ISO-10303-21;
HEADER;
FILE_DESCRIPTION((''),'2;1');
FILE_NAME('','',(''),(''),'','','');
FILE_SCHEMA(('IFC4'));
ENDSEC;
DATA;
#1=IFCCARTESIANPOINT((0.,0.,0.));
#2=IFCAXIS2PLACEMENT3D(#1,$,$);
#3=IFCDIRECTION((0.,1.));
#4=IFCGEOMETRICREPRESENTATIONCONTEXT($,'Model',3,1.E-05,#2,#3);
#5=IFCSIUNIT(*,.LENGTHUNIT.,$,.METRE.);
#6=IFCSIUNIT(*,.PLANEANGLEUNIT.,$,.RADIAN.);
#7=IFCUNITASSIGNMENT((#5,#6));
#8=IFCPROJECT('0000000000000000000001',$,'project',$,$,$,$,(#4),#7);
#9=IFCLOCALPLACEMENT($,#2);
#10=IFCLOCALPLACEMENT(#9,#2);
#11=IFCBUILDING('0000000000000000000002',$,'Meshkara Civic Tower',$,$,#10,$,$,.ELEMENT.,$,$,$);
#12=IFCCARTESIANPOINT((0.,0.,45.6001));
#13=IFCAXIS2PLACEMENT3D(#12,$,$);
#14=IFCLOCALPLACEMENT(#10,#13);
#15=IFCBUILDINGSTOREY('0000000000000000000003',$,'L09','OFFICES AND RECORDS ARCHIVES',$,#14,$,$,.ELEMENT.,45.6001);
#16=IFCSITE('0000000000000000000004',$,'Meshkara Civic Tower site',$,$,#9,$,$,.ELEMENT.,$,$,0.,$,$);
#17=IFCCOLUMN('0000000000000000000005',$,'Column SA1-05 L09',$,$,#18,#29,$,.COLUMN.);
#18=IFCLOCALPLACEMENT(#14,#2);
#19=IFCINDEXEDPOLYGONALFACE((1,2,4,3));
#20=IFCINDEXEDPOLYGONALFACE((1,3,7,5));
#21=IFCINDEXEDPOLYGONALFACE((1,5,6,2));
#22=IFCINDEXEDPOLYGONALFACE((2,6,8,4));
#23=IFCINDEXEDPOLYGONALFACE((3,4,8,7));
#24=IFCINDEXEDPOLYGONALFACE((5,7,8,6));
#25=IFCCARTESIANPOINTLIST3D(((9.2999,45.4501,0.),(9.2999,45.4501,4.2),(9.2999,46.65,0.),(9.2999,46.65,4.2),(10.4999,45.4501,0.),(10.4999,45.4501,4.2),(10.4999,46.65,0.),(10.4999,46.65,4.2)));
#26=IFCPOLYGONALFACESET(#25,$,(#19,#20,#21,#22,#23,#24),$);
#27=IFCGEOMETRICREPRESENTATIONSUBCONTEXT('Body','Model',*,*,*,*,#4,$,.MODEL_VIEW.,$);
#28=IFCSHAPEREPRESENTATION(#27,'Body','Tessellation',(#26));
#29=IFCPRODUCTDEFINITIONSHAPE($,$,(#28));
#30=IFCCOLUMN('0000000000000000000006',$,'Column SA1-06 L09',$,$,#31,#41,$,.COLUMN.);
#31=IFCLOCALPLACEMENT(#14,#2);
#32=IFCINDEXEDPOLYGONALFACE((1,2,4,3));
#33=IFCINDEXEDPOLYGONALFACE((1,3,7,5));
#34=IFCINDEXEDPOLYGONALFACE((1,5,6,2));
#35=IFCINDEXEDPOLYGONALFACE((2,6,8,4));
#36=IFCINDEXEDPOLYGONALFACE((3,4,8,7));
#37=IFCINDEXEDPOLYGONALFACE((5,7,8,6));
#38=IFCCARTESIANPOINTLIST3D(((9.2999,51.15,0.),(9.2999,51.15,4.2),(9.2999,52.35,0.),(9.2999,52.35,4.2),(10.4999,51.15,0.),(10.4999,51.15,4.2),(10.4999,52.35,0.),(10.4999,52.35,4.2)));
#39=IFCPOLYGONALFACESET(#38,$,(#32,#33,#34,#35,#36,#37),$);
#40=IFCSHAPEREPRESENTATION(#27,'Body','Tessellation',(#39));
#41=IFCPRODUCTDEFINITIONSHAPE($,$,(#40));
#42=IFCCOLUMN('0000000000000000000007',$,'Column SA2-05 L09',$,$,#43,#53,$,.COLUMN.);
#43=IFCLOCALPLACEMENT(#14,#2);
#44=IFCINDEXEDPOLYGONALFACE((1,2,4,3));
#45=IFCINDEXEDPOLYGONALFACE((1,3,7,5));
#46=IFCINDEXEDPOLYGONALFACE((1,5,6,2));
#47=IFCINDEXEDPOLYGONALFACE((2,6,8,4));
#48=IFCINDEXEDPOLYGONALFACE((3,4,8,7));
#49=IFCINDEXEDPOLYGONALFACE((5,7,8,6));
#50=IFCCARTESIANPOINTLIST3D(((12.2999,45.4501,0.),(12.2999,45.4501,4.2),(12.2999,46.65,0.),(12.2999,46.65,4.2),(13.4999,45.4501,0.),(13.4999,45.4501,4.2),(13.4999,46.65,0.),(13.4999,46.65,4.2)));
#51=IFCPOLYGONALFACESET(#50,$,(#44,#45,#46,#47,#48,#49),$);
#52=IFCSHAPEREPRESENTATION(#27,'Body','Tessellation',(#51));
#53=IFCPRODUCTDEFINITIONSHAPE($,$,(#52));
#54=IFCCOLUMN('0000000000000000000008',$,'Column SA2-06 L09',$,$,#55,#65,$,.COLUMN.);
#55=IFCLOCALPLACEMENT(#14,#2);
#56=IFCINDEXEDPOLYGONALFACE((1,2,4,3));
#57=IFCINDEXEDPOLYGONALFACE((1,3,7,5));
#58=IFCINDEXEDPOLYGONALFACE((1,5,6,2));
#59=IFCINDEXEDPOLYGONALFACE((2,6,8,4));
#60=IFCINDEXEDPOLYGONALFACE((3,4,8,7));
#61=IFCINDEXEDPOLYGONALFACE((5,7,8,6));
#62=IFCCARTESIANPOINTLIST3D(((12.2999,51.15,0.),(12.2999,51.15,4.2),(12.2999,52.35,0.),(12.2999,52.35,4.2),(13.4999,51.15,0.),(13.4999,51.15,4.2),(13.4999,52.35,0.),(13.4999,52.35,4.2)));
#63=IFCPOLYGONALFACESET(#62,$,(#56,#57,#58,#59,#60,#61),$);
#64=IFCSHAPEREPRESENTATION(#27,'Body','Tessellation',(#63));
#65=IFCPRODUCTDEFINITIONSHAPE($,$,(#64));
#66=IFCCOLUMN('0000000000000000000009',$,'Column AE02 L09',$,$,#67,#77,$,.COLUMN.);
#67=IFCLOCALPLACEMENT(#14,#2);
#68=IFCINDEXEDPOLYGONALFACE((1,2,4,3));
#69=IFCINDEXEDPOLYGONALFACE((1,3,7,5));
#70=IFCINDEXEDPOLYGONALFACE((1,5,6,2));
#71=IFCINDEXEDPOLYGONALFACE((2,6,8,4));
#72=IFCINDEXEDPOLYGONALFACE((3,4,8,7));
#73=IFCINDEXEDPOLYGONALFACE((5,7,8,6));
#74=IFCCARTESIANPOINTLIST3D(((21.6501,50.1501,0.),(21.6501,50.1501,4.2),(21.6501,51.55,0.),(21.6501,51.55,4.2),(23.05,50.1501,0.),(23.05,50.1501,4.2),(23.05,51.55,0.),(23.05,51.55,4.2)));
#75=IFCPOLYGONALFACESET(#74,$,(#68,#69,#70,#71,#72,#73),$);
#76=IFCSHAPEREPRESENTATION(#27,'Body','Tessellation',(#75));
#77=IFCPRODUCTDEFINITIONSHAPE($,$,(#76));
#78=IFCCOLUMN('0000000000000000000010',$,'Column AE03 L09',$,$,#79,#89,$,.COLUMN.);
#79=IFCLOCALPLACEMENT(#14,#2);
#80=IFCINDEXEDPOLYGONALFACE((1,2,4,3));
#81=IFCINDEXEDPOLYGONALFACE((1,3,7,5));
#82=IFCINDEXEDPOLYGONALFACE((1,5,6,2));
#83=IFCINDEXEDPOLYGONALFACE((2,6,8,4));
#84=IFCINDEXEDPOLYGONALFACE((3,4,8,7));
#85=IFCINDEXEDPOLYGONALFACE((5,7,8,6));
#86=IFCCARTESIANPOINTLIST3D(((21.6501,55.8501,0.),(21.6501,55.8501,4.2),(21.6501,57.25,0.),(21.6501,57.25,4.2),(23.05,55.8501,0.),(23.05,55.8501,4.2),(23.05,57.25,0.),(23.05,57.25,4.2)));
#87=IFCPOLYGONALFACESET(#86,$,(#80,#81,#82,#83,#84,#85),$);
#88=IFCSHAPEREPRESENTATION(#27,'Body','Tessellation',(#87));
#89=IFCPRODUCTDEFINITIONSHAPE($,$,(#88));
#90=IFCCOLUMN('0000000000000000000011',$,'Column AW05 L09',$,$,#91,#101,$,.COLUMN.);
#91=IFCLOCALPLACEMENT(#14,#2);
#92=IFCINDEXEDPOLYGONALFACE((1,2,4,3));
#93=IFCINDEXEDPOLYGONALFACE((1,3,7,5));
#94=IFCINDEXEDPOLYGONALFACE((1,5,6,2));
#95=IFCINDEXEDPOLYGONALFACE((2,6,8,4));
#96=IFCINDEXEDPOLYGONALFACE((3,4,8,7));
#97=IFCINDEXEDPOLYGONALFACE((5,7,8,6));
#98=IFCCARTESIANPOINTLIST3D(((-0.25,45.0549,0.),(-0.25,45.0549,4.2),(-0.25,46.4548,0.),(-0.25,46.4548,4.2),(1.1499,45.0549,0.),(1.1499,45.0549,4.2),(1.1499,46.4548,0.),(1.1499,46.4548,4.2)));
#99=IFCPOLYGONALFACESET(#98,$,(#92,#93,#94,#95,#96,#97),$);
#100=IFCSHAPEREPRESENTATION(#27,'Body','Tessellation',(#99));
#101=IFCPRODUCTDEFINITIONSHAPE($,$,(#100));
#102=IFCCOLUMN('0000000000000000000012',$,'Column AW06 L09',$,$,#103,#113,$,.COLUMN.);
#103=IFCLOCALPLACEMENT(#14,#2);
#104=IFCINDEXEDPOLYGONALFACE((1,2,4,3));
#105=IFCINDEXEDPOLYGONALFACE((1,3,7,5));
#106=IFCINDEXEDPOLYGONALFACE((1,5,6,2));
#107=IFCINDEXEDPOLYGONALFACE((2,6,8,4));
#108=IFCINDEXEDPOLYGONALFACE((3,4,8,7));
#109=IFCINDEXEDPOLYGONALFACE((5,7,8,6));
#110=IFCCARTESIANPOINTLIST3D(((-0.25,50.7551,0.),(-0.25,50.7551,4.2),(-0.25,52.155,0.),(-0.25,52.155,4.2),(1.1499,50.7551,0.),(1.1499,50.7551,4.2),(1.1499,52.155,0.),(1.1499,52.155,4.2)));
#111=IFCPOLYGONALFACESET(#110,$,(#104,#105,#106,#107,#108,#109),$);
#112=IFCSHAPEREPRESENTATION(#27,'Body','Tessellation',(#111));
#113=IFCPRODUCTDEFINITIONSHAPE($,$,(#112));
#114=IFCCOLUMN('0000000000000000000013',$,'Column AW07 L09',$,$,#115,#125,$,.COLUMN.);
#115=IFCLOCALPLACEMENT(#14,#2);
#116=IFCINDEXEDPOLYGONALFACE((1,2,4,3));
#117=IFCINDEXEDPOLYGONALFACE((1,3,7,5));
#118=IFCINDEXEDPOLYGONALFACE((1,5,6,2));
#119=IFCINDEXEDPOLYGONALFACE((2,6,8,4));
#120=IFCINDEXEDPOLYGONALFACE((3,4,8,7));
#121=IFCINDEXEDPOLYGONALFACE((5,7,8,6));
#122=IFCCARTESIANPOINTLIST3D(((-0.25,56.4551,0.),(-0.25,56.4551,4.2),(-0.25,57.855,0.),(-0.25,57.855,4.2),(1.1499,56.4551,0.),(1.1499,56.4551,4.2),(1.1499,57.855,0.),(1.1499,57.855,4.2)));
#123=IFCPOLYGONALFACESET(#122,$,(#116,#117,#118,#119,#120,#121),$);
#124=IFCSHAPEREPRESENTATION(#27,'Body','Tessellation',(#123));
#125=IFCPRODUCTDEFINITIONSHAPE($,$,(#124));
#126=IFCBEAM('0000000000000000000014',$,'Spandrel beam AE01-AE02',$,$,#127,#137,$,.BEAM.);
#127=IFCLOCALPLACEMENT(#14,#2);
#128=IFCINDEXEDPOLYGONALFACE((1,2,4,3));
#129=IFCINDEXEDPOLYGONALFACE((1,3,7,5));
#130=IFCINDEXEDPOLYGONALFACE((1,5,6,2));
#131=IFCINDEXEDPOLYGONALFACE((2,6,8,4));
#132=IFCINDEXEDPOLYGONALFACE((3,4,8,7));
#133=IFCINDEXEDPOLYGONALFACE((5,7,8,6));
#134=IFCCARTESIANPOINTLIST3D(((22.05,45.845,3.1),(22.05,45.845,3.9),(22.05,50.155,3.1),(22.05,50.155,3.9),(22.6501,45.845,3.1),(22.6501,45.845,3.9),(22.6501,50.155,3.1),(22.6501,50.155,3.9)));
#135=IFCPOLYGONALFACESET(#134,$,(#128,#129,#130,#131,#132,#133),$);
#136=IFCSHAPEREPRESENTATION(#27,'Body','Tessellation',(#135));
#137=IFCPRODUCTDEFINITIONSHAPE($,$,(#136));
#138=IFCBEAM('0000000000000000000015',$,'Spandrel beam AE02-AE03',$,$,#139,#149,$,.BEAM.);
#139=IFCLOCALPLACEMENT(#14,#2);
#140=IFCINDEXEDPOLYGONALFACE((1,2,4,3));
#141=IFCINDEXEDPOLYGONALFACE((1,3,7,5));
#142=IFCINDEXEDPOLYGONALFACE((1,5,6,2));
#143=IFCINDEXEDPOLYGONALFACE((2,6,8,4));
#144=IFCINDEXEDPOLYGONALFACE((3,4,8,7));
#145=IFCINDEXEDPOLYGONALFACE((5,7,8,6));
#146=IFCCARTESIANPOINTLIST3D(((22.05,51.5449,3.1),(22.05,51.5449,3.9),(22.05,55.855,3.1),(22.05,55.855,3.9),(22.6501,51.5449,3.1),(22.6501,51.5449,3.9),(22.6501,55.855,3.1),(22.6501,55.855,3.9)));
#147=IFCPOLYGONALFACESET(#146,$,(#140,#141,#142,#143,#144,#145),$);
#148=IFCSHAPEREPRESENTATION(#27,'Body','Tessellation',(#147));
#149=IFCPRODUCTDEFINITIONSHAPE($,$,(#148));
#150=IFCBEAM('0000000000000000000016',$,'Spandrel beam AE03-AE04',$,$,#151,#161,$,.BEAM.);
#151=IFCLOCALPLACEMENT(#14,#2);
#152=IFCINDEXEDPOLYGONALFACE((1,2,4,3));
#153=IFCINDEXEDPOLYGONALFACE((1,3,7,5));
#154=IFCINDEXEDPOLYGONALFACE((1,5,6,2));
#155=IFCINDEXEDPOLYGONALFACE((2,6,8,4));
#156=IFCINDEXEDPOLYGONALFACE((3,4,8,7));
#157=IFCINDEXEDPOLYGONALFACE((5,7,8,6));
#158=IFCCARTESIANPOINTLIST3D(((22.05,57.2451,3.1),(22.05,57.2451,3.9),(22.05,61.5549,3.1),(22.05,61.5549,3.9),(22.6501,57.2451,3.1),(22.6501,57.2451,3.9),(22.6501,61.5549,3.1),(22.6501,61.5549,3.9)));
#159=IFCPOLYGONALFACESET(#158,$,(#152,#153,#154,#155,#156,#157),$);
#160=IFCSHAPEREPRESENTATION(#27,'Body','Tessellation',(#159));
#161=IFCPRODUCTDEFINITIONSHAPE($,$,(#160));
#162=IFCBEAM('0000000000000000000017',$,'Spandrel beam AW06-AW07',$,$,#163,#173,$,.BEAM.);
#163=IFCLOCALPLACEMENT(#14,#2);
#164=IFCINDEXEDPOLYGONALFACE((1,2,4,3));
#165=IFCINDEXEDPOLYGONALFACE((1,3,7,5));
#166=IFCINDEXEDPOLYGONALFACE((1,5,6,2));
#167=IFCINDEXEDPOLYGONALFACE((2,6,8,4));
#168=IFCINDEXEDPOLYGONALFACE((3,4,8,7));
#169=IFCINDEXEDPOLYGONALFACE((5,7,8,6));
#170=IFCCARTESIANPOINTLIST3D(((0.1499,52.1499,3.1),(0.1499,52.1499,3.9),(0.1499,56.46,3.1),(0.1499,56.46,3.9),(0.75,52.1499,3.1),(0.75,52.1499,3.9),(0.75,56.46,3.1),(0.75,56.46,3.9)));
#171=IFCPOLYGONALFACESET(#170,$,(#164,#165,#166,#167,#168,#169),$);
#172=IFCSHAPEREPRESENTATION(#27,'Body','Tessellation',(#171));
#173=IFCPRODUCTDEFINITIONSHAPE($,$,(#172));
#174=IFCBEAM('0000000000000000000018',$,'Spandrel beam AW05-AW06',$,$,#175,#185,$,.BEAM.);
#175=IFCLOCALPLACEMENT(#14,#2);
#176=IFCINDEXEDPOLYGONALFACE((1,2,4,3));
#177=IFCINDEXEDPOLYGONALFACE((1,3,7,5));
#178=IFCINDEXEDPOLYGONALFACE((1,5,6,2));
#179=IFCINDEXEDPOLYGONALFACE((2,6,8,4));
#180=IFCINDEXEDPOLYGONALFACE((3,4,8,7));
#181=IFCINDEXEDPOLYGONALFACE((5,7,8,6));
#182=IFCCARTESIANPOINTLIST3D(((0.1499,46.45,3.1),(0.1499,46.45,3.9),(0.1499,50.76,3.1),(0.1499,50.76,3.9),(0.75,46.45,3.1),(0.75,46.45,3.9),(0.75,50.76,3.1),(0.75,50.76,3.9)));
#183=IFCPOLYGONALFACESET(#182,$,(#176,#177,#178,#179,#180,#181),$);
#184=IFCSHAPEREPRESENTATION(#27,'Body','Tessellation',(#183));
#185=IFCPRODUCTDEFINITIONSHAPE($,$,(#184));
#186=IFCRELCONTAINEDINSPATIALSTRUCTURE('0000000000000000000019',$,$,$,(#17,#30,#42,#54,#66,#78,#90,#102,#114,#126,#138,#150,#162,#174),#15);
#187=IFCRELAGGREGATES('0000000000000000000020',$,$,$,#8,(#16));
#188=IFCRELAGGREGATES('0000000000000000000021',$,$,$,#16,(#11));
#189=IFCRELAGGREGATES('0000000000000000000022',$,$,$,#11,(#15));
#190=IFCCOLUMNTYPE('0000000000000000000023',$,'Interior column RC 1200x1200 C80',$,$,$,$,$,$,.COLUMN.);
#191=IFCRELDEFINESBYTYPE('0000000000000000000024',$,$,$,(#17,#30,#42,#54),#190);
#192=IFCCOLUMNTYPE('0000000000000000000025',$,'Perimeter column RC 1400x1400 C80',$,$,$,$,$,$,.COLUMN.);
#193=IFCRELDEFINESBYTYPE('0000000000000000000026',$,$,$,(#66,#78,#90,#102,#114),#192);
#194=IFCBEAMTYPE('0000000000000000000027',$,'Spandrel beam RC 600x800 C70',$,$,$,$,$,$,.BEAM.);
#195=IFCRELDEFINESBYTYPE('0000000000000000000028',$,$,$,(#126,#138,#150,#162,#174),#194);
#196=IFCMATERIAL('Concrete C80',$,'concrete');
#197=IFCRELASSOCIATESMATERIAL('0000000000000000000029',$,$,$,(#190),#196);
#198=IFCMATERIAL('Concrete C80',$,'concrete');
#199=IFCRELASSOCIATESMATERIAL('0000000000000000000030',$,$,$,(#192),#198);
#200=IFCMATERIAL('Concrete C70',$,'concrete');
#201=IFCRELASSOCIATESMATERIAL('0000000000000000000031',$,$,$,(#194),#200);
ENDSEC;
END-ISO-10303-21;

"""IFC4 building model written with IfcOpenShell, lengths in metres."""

from ifc_helpers import new_model, si_unit, direction, frame, origin, origin_2d, place, context, subcontext, project, spatial, rectangle, extrude, material, material_profile, profile_set, type_object, element, save


model = new_model("IFC4")

# Units and contexts
model_context = context("Model", 3, precision=1e-05, world=origin(), true_north=direction((0.0, 1.0)))
body_context = subcontext(model_context, "Body", "Model", "MODEL_VIEW")
ifc_project = project(units=[si_unit("LENGTHUNIT", "METRE"), si_unit("PLANEANGLEUNIT", "RADIAN")], contexts=[model_context])

# Site, building, storey
site_placement = place(None, origin())
site = spatial("IfcSite", under=ifc_project, at=site_placement, Name="Meshkara Civic Tower site", CompositionType="ELEMENT", RefElevation=0.0)
building_placement = place(site_placement, origin())
building = spatial("IfcBuilding", under=site, at=building_placement, Name="Meshkara Civic Tower", CompositionType="ELEMENT")
storey_placement = place(building_placement, frame((0.0, 0.0, 45.6001)))
storey = spatial("IfcBuildingStorey", under=building, at=storey_placement, Name="L09", Description="OFFICES AND RECORDS ARCHIVES", CompositionType="ELEMENT", Elevation=45.6001)

# Columns
ifc_material_1 = material(Name="Concrete C80", Category="concrete")
ifc_material_profile_1 = material_profile(ifc_material_1, rectangle(XDim=1.2, YDim=1.2, at=origin_2d()))
ifc_profile_set_1 = profile_set([ifc_material_profile_1], Name="Concrete C80")
column_type_1 = type_object("IfcColumnType", Name="Interior column RC 1200x1200 C80", PredefinedType="COLUMN", material=ifc_profile_set_1)
for number, where, z_axis, x_axis, name in (
    (1, (9.8999, 46.05, 0.0), (0.0, 0.0, 1.0), (1.0, 0.0, 0.0), "Column SA1-05 L09"),
    (2, (9.8999, 51.75, 0.0), (0.0, 0.0, 1.0), (1.0, 0.0, 0.0), "Column SA1-06 L09"),
    (3, (12.8999, 46.05, 0.0), (0.0, 0.0, 1.0), (1.0, 0.0, 0.0), "Column SA2-05 L09"),
    (4, (12.8999, 51.75, 0.0), (0.0, 0.0, 1.0), (1.0, 0.0, 0.0), "Column SA2-06 L09"),
):
    element("IfcColumn", number, at=place(storey_placement, frame(where, z_axis=z_axis, x_axis=x_axis)), inside=storey, type_object=column_type_1, Name=name, PredefinedType="COLUMN", context=body_context, shape_type="SweptSolid", body=[
        extrude(rectangle(XDim=1.2, YDim=1.2, at=origin_2d()), origin(), (0.0, 0.0, 1.0), 4.2),
    ])
ifc_material_2 = material(Name="Concrete C80", Category="concrete")
ifc_material_profile_2 = material_profile(ifc_material_2, rectangle(XDim=1.3999, YDim=1.3999, at=origin_2d()))
ifc_profile_set_2 = profile_set([ifc_material_profile_2], Name="Concrete C80")
column_type_2 = type_object("IfcColumnType", Name="Perimeter column RC 1400x1400 C80", PredefinedType="COLUMN", material=ifc_profile_set_2)
for number, where, z_axis, x_axis, name in (
    (5, (22.3501, 50.8501, 0.0), (0.0, 0.0, 1.0), (1.0, 0.0, 0.0), "Column AE02 L09"),
    (6, (22.3501, 56.55, 0.0), (0.0, 0.0, 1.0), (1.0, 0.0, 0.0), "Column AE03 L09"),
    (7, (0.45, 45.7549, 0.0), (0.0, 0.0, 1.0), (1.0, 0.0, 0.0), "Column AW05 L09"),
    (8, (0.45, 51.4551, 0.0), (0.0, 0.0, 1.0), (1.0, 0.0, 0.0), "Column AW06 L09"),
    (9, (0.45, 57.155, 0.0), (0.0, 0.0, 1.0), (1.0, 0.0, 0.0), "Column AW07 L09"),
):
    element("IfcColumn", number, at=place(storey_placement, frame(where, z_axis=z_axis, x_axis=x_axis)), inside=storey, type_object=column_type_2, Name=name, PredefinedType="COLUMN", context=body_context, shape_type="SweptSolid", body=[
        extrude(rectangle(XDim=1.3999, YDim=1.3999, at=origin_2d()), origin(), (0.0, 0.0, 1.0), 4.2),
    ])

# Beams
ifc_material_3 = material(Name="Concrete C70", Category="concrete")
ifc_material_profile_3 = material_profile(ifc_material_3, rectangle(XDim=0.6001, YDim=0.8, at=origin_2d()))
ifc_profile_set_3 = profile_set([ifc_material_profile_3], Name="Concrete C70")
beam_type = type_object("IfcBeamType", Name="Spandrel beam RC 600x800 C70", PredefinedType="BEAM", material=ifc_profile_set_3)
for number, where, z_axis, x_axis, name in (
    (10, (22.3501, 45.845, 3.5), (0.0, 1.0, 0.0), (-1.0, 0.0, 0.0), "Spandrel beam AE01-AE02"),
    (11, (22.3501, 51.5449, 3.5), (0.0, 1.0, 0.0), (-1.0, 0.0, 0.0), "Spandrel beam AE02-AE03"),
):
    element("IfcBeam", number, at=place(storey_placement, frame(where, z_axis=z_axis, x_axis=x_axis)), inside=storey, type_object=beam_type, Name=name, PredefinedType="BEAM", context=body_context, shape_type="SweptSolid", body=[
        extrude(rectangle(XDim=0.6001, YDim=0.8, at=origin_2d()), origin(), (0.0, 0.0, 1.0), 4.3101),
    ])
beam_placement = place(storey_placement, frame((22.3501, 57.2451, 3.5), z_axis=(0.0, 1.0, 0.0), x_axis=(-1.0, 0.0, 0.0)))
element("IfcBeam", 12, at=beam_placement, inside=storey, type_object=beam_type, Name="Spandrel beam AE03-AE04", PredefinedType="BEAM", context=body_context, shape_type="SweptSolid", body=[
    extrude(rectangle(XDim=0.6001, YDim=0.8, at=origin_2d()), origin(), (0.0, 0.0, 1.0), 4.3098),
])
for number, where, z_axis, x_axis, name in (
    (13, (0.45, 56.46, 3.5), (0.0, -1.0, 0.0), (1.0, 0.0, 0.0), "Spandrel beam AW06-AW07"),
    (14, (0.45, 50.76, 3.5), (0.0, -1.0, 0.0), (1.0, 0.0, 0.0), "Spandrel beam AW05-AW06"),
):
    element("IfcBeam", number, at=place(storey_placement, frame(where, z_axis=z_axis, x_axis=x_axis)), inside=storey, type_object=beam_type, Name=name, PredefinedType="BEAM", context=body_context, shape_type="SweptSolid", body=[
        extrude(rectangle(XDim=0.6001, YDim=0.8, at=origin_2d()), origin(), (0.0, 0.0, 1.0), 4.3101),
    ])

save(model, "model.ifc")
